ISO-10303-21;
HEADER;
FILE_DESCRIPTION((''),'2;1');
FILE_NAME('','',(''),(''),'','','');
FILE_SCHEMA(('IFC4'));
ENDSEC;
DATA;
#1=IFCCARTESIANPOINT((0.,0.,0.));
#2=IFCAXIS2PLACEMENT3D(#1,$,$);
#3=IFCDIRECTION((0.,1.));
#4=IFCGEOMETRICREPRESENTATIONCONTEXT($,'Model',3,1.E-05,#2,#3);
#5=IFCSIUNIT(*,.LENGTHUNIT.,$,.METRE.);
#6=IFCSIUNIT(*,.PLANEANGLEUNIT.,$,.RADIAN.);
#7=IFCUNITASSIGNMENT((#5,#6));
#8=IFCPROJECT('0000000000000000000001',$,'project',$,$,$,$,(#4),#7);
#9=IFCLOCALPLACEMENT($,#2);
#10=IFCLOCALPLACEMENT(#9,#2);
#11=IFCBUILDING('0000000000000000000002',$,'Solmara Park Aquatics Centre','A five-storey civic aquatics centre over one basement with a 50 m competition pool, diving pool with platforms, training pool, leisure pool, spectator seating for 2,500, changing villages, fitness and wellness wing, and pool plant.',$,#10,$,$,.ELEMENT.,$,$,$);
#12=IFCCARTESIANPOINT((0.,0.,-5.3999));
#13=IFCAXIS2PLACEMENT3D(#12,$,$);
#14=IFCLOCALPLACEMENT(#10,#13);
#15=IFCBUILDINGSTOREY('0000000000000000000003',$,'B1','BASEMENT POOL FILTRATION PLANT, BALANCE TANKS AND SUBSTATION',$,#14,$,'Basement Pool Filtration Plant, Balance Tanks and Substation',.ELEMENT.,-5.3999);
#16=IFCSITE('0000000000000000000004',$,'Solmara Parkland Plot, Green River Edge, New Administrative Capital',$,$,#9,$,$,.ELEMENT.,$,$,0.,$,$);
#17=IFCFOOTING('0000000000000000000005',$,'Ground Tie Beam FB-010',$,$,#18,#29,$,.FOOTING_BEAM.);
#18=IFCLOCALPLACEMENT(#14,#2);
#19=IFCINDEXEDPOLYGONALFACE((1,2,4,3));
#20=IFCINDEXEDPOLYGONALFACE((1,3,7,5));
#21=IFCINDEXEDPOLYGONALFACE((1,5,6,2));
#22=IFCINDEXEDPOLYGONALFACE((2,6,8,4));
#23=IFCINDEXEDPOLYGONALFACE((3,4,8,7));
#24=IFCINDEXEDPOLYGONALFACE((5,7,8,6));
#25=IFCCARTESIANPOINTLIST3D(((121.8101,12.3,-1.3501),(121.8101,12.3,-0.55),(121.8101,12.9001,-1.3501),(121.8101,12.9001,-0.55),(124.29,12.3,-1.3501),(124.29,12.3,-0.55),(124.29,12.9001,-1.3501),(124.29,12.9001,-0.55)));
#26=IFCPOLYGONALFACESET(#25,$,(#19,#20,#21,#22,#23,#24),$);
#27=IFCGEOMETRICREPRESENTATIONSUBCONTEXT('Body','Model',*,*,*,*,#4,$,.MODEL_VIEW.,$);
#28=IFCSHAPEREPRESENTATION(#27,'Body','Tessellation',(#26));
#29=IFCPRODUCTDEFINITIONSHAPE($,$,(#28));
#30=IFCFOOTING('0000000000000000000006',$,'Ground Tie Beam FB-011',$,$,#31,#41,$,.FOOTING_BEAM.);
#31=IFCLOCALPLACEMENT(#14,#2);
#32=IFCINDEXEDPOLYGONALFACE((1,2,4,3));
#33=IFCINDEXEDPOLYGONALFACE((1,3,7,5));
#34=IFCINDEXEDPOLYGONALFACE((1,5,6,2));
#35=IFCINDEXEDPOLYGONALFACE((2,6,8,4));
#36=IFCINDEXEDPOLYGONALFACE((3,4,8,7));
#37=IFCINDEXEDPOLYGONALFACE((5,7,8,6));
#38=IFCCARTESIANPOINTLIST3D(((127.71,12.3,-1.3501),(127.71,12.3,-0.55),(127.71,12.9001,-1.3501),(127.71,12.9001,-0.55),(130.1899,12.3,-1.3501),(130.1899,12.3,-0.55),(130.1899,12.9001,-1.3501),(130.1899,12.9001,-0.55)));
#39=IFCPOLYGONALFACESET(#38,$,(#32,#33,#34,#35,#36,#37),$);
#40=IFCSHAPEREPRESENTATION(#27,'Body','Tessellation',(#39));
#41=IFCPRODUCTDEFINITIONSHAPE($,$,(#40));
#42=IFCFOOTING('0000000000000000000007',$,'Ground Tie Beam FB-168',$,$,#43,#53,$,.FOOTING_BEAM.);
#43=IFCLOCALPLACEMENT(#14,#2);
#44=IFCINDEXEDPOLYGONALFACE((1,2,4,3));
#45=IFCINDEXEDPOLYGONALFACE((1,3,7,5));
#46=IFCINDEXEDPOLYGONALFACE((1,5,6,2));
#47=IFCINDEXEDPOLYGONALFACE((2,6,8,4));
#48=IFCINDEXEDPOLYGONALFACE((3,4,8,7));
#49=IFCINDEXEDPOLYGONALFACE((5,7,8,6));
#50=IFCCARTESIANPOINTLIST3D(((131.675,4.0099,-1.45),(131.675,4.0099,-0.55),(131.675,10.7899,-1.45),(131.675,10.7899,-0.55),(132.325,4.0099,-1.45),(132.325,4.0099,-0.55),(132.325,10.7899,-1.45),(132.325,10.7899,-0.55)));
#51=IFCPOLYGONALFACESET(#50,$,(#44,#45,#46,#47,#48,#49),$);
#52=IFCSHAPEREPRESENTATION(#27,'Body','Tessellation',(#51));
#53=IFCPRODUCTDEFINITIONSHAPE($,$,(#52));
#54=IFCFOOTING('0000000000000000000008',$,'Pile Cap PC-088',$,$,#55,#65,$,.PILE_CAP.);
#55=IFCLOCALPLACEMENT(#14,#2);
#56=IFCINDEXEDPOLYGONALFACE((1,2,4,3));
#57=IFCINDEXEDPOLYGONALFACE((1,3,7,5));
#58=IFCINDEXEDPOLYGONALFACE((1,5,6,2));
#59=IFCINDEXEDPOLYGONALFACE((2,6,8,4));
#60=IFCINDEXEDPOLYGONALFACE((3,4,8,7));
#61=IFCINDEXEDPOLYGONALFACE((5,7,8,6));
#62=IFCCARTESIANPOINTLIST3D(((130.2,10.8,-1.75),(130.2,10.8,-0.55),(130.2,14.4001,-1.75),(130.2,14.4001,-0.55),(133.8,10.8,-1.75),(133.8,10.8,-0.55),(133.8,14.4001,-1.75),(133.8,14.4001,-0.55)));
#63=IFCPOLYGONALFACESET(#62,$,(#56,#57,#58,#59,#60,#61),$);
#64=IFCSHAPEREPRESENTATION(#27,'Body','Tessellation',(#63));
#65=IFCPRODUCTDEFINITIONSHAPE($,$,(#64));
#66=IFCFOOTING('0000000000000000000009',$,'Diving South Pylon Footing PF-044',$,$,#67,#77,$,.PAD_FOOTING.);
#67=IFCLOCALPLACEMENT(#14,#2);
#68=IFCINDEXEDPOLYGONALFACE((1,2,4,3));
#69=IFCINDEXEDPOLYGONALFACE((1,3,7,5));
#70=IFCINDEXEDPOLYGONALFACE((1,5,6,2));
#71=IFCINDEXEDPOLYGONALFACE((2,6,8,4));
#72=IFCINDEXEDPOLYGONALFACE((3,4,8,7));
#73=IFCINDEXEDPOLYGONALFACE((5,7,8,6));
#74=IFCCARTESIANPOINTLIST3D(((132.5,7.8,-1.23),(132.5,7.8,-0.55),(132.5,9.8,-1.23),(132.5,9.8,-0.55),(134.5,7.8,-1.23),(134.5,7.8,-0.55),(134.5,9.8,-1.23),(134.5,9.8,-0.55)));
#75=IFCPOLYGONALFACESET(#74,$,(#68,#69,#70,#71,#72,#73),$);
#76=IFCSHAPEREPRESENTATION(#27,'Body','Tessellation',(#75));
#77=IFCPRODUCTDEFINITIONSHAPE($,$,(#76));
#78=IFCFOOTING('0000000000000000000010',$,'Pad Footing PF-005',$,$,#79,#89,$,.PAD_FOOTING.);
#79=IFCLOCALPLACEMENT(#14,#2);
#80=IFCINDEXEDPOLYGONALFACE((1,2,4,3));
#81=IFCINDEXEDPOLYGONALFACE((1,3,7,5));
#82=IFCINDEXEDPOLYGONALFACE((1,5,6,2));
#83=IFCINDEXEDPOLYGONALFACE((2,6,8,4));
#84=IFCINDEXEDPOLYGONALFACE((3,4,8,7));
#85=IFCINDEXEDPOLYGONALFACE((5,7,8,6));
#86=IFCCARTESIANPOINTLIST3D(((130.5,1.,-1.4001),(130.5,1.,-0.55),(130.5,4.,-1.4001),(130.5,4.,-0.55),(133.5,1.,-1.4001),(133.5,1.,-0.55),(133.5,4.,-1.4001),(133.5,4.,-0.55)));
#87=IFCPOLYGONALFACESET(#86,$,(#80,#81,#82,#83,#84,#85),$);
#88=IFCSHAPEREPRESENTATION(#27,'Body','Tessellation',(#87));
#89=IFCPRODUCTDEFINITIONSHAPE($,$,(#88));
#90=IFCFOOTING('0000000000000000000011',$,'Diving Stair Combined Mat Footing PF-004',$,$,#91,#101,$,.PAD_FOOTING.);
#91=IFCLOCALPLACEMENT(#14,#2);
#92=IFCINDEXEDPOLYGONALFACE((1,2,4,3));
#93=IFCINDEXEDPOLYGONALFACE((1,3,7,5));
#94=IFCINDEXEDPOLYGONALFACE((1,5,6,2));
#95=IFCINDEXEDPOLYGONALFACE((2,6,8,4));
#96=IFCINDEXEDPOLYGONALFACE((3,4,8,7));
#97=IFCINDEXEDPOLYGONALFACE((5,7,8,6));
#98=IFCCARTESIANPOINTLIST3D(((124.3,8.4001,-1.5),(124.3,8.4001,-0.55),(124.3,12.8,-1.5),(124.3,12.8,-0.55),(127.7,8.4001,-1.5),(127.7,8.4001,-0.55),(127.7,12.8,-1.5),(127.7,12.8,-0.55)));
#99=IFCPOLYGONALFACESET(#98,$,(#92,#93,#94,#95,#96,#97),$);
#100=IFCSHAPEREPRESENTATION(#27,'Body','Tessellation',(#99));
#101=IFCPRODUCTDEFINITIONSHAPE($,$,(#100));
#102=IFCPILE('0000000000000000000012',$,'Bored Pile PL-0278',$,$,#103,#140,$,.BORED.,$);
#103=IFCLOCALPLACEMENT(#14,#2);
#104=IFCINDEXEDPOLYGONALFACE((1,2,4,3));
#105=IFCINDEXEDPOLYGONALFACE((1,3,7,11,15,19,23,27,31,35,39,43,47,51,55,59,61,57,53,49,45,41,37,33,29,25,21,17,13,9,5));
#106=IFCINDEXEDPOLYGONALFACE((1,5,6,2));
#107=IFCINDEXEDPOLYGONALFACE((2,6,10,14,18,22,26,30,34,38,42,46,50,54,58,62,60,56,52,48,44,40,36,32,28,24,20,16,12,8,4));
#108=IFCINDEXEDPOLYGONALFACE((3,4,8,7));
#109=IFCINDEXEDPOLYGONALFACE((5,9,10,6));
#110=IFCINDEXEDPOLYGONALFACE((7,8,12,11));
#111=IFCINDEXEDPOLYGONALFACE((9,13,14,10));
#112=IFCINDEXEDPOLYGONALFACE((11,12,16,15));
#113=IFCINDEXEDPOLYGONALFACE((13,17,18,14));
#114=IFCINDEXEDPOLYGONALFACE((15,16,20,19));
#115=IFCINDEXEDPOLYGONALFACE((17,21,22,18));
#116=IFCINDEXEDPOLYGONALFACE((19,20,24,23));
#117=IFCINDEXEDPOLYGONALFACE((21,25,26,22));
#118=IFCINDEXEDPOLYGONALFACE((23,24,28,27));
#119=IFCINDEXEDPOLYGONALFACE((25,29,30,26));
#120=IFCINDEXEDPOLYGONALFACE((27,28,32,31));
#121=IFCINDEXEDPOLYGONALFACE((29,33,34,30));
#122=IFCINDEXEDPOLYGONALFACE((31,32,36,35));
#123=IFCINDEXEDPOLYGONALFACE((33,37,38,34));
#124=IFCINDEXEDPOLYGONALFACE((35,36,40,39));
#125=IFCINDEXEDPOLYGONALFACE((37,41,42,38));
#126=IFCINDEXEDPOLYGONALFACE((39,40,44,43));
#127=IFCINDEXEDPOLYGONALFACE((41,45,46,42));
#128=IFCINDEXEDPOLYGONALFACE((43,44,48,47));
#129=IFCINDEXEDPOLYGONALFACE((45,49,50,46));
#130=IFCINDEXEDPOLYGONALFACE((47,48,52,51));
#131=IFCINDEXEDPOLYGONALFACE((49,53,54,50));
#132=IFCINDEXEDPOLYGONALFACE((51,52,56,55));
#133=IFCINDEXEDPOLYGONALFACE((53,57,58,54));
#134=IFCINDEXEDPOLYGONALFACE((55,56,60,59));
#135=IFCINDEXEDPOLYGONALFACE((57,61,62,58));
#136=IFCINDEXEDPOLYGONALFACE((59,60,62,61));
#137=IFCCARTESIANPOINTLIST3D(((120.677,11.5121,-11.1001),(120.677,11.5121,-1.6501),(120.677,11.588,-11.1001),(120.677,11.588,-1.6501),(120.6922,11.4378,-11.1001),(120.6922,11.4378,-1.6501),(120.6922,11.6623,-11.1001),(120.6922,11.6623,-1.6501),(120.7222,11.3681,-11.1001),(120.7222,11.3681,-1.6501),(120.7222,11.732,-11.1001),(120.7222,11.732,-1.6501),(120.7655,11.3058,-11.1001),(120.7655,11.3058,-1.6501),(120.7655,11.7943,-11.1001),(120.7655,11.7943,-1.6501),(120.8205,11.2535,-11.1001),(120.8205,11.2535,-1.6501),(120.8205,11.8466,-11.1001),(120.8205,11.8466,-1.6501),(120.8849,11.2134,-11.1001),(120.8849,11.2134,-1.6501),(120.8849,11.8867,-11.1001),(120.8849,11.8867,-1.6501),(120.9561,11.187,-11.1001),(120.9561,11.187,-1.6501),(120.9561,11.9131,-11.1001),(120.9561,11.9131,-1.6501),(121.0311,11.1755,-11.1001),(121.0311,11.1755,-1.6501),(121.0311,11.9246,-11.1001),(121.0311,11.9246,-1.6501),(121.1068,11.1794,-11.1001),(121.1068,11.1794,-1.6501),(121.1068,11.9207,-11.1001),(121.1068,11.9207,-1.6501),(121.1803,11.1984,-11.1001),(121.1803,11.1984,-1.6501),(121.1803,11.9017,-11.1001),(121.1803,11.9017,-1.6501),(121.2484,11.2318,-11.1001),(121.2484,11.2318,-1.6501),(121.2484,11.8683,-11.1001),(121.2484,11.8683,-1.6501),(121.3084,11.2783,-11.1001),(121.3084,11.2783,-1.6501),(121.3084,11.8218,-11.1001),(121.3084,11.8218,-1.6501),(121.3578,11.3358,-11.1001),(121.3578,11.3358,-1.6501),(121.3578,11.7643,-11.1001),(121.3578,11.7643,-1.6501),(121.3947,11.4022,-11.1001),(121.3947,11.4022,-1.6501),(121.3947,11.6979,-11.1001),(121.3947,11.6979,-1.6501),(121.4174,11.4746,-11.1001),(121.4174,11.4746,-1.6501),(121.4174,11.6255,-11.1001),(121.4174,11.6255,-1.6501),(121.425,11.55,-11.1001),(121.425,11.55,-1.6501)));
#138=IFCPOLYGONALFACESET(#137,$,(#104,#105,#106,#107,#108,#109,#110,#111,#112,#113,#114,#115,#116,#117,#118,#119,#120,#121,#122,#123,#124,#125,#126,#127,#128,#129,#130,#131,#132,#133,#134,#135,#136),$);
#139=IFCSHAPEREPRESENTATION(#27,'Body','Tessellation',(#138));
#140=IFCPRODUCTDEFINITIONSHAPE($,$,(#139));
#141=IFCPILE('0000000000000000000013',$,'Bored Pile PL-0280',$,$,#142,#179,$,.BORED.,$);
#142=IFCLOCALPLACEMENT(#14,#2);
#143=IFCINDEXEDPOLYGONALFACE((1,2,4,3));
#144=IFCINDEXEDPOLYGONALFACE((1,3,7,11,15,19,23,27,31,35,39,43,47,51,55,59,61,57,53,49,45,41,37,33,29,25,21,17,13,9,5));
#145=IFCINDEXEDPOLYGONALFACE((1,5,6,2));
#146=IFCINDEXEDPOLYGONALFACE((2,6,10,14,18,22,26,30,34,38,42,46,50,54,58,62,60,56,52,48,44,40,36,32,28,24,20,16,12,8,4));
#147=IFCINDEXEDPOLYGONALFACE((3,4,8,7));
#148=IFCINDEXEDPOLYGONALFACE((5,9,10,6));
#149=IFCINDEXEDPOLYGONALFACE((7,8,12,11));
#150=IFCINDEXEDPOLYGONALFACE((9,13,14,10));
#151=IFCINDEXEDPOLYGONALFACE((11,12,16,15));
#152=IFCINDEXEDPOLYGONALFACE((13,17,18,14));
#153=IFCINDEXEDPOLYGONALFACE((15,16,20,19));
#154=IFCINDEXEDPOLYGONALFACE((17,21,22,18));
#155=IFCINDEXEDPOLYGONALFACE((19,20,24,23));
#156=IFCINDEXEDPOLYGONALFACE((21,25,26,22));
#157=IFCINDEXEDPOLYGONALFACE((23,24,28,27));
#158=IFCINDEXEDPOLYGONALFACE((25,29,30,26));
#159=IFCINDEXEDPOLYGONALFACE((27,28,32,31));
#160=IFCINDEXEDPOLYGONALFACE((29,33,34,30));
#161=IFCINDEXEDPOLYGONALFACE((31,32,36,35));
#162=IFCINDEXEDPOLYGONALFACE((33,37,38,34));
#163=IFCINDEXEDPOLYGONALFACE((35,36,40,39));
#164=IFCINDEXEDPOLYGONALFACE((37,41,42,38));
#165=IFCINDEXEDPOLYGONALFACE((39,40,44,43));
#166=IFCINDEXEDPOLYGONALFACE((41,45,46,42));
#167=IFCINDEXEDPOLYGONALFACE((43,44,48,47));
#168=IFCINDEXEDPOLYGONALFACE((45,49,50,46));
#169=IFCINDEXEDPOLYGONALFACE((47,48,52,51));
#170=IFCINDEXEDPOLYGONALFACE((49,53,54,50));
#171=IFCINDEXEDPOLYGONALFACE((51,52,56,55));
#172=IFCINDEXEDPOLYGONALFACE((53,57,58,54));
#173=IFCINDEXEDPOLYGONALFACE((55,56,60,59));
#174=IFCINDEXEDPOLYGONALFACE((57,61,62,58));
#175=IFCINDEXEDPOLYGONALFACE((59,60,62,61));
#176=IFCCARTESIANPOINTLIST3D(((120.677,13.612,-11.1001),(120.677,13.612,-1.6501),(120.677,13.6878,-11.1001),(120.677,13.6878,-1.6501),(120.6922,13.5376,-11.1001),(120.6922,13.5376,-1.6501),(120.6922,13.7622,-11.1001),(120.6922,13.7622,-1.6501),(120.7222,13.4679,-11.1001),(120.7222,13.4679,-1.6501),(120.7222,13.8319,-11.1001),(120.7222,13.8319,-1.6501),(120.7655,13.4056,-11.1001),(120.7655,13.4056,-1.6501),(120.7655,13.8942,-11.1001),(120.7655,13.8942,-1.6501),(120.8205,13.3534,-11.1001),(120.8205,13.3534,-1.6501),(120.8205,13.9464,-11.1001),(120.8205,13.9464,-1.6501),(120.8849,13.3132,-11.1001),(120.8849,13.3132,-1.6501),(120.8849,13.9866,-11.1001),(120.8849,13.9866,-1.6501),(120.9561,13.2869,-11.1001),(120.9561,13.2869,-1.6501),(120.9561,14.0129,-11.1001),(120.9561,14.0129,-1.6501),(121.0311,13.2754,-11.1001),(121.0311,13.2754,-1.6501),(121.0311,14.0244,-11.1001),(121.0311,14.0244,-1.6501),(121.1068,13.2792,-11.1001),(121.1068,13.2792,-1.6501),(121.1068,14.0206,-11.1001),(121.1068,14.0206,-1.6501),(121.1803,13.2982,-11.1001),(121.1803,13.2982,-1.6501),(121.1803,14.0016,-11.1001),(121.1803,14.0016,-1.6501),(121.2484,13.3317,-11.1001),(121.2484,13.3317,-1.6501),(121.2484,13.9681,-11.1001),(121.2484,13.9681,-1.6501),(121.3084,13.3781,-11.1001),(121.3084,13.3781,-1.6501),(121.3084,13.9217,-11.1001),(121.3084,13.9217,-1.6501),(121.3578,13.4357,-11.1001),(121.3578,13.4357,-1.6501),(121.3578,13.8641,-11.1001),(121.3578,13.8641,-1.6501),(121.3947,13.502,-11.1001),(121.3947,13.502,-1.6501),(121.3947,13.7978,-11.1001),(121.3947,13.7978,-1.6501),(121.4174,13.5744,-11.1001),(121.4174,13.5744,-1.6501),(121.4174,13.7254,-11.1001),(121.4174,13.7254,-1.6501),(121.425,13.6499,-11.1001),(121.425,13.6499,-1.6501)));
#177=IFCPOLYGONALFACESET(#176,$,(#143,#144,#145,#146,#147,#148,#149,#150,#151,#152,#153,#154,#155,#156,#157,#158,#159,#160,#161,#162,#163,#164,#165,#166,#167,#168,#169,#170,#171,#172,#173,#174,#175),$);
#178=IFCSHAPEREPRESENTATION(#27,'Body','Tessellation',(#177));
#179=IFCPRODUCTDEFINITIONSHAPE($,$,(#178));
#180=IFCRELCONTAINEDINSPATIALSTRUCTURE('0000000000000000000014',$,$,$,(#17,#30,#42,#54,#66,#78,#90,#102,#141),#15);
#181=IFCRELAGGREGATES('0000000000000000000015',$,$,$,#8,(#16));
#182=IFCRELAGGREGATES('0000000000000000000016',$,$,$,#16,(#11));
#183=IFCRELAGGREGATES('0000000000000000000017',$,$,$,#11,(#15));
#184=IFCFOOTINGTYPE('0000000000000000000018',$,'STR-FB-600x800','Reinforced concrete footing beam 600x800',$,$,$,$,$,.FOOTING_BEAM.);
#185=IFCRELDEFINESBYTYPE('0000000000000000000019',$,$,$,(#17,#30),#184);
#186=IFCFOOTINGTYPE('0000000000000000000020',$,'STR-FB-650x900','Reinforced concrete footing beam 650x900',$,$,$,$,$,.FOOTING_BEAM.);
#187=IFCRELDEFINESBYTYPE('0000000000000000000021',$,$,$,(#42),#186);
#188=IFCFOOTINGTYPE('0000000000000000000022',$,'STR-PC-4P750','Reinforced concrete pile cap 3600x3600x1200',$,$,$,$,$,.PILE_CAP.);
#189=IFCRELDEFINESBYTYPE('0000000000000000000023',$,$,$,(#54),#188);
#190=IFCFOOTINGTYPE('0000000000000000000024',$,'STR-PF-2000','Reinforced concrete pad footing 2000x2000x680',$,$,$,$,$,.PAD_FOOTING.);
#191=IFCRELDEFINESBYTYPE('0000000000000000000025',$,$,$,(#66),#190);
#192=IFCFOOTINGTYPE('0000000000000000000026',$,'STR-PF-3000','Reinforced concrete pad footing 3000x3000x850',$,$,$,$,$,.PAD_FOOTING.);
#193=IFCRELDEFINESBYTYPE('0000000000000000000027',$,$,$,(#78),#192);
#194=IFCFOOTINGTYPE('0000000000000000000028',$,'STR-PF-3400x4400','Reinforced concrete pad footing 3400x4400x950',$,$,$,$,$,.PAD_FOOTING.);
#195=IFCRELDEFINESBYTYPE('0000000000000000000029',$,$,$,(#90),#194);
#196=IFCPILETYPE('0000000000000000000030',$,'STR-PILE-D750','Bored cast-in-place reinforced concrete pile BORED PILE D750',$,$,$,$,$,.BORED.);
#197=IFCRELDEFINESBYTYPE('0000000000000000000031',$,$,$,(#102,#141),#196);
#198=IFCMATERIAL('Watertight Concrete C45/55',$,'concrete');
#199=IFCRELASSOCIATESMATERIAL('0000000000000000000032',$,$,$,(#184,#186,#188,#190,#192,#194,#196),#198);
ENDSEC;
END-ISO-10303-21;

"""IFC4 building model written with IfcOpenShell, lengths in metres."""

from ifc_helpers import new_model, si_unit, direction, frame, origin, origin_2d, place, context, subcontext, project, spatial, rectangle, circle, extrude, material, material_profile, profile_set, type_object, element, save


model = new_model("IFC4")

# Units and contexts
model_context = context("Model", 3, precision=1e-05, world=origin(), true_north=direction((0.0, 1.0)))
body_context = subcontext(model_context, "Body", "Model", "MODEL_VIEW")
ifc_project = project(units=[si_unit("LENGTHUNIT", "METRE"), si_unit("PLANEANGLEUNIT", "RADIAN")], contexts=[model_context])

# Site, building, storey
site_placement = place(None, origin())
site = spatial("IfcSite", under=ifc_project, at=site_placement, Name="Solmara Parkland Plot, Green River Edge, New Administrative Capital", CompositionType="ELEMENT", RefElevation=0.0)
building_placement = place(site_placement, origin())
building = spatial("IfcBuilding", under=site, at=building_placement, Name="Solmara Park Aquatics Centre", Description="A five-storey civic aquatics centre over one basement with a 50 m competition pool, diving pool with platforms, training pool, leisure pool, spectator seating for 2,500, changing villages, fitness and wellness wing, and pool plant.", CompositionType="ELEMENT")
storey_placement = place(building_placement, frame((0.0, 0.0, -5.3999)))
storey = spatial("IfcBuildingStorey", under=building, at=storey_placement, Name="B1", Description="BASEMENT POOL FILTRATION PLANT, BALANCE TANKS AND SUBSTATION", LongName="Basement Pool Filtration Plant, Balance Tanks and Substation", CompositionType="ELEMENT", Elevation=-5.3999)

# Footings
ifc_material_1 = material(Name="Watertight Concrete C45/55", Category="concrete")
footing_type_1 = type_object("IfcFootingType", Name="STR-FB-600x800", Description="Reinforced concrete footing beam 600x800", PredefinedType="FOOTING_BEAM", material=ifc_material_1)
for number, where, z_axis, x_axis, name in (
    (1, (123.05, 12.6001, -1.3501), (0.0, 0.0, 1.0), (1.0, 0.0, 0.0), "Ground Tie Beam FB-010"),
    (2, (128.95, 12.6001, -1.3501), (0.0, 0.0, 1.0), (1.0, 0.0, 0.0), "Ground Tie Beam FB-011"),
):
    element("IfcFooting", number, at=place(storey_placement, frame(where, z_axis=z_axis, x_axis=x_axis)), inside=storey, type_object=footing_type_1, Name=name, PredefinedType="FOOTING_BEAM", context=body_context, shape_type="SweptSolid", body=[
        extrude(rectangle(XDim=2.48, YDim=0.6001, at=origin_2d()), origin(), (0.0, 0.0, 1.0), 0.8),
    ])
footing_type_2 = type_object("IfcFootingType", Name="STR-FB-650x900", Description="Reinforced concrete footing beam 650x900", PredefinedType="FOOTING_BEAM", material=ifc_material_1)
footing_1_placement = place(storey_placement, frame((132.0, 7.3999, -1.45), z_axis=(0.0, 0.0, 1.0), x_axis=(1.0, 0.0, 0.0)))
element("IfcFooting", 3, at=footing_1_placement, inside=storey, type_object=footing_type_2, Name="Ground Tie Beam FB-168", PredefinedType="FOOTING_BEAM", context=body_context, shape_type="SweptSolid", body=[
    extrude(rectangle(XDim=0.6499, YDim=6.78, at=origin_2d()), origin(), (0.0, 0.0, 1.0), 0.8999),
])
footing_type_3 = type_object("IfcFootingType", Name="STR-PC-4P750", Description="Reinforced concrete pile cap 3600x3600x1200", PredefinedType="PILE_CAP", material=ifc_material_1)
footing_2_placement = place(storey_placement, frame((132.0, 12.6001, -1.75), z_axis=(0.0, 0.0, 1.0), x_axis=(1.0, 0.0, 0.0)))
element("IfcFooting", 4, at=footing_2_placement, inside=storey, type_object=footing_type_3, Name="Pile Cap PC-088", PredefinedType="PILE_CAP", context=body_context, shape_type="SweptSolid", body=[
    extrude(rectangle(XDim=3.6001, YDim=3.6001, at=origin_2d()), origin(), (0.0, 0.0, 1.0), 1.2),
])
footing_type_4 = type_object("IfcFootingType", Name="STR-PF-2000", Description="Reinforced concrete pad footing 2000x2000x680", PredefinedType="PAD_FOOTING", material=ifc_material_1)
footing_3_placement = place(storey_placement, frame((133.5, 8.8, -1.23), z_axis=(0.0, 0.0, 1.0), x_axis=(1.0, 0.0, 0.0)))
element("IfcFooting", 5, at=footing_3_placement, inside=storey, type_object=footing_type_4, Name="Diving South Pylon Footing PF-044", PredefinedType="PAD_FOOTING", context=body_context, shape_type="SweptSolid", body=[
    extrude(rectangle(XDim=2.0, YDim=2.0, at=origin_2d()), origin(), (0.0, 0.0, 1.0), 0.6799),
])
footing_type_5 = type_object("IfcFootingType", Name="STR-PF-3000", Description="Reinforced concrete pad footing 3000x3000x850", PredefinedType="PAD_FOOTING", material=ifc_material_1)
footing_4_placement = place(storey_placement, frame((132.0, 2.5, -1.4001), z_axis=(0.0, 0.0, 1.0), x_axis=(1.0, 0.0, 0.0)))
element("IfcFooting", 6, at=footing_4_placement, inside=storey, type_object=footing_type_5, Name="Pad Footing PF-005", PredefinedType="PAD_FOOTING", context=body_context, shape_type="SweptSolid", body=[
    extrude(rectangle(XDim=3.0, YDim=3.0, at=origin_2d()), origin(), (0.0, 0.0, 1.0), 0.8501),
])
footing_type_6 = type_object("IfcFootingType", Name="STR-PF-3400x4400", Description="Reinforced concrete pad footing 3400x4400x950", PredefinedType="PAD_FOOTING", material=ifc_material_1)
footing_5_placement = place(storey_placement, frame((126.0, 10.6001, -1.5), z_axis=(0.0, 0.0, 1.0), x_axis=(1.0, 0.0, 0.0)))
element("IfcFooting", 7, at=footing_5_placement, inside=storey, type_object=footing_type_6, Name="Diving Stair Combined Mat Footing PF-004", PredefinedType="PAD_FOOTING", context=body_context, shape_type="SweptSolid", body=[
    extrude(rectangle(XDim=3.3999, YDim=4.3999, at=origin_2d()), origin(), (0.0, 0.0, 1.0), 0.95),
])

# Piles
ifc_material_profile_1 = material_profile(ifc_material_1, circle(Radius=0.375, at=origin_2d()), Name="BORED PILE D750")
ifc_profile_set_1 = profile_set([ifc_material_profile_1], Name="Watertight Concrete C45/55")
pile_type = type_object("IfcPileType", Name="STR-PILE-D750", Description="Bored cast-in-place reinforced concrete pile BORED PILE D750", PredefinedType="BORED", material=ifc_profile_set_1)
for number, where, z_axis, x_axis, name in (
    (8, (121.05, 11.55, -1.6501), (0.0, 0.0, -1.0), (1.0, 0.0, 0.0), "Bored Pile PL-0278"),
    (9, (121.05, 13.6499, -1.6501), (0.0, 0.0, -1.0), (1.0, 0.0, 0.0), "Bored Pile PL-0280"),
):
    element("IfcPile", number, at=place(storey_placement, frame(where, z_axis=z_axis, x_axis=x_axis)), inside=storey, type_object=pile_type, Name=name, PredefinedType="BORED", context=body_context, shape_type="SweptSolid", body=[
        extrude(circle(Radius=0.375, at=origin_2d()), origin(), (0.0, 0.0, 1.0), 9.45),
    ])

save(model, "model.ifc")
